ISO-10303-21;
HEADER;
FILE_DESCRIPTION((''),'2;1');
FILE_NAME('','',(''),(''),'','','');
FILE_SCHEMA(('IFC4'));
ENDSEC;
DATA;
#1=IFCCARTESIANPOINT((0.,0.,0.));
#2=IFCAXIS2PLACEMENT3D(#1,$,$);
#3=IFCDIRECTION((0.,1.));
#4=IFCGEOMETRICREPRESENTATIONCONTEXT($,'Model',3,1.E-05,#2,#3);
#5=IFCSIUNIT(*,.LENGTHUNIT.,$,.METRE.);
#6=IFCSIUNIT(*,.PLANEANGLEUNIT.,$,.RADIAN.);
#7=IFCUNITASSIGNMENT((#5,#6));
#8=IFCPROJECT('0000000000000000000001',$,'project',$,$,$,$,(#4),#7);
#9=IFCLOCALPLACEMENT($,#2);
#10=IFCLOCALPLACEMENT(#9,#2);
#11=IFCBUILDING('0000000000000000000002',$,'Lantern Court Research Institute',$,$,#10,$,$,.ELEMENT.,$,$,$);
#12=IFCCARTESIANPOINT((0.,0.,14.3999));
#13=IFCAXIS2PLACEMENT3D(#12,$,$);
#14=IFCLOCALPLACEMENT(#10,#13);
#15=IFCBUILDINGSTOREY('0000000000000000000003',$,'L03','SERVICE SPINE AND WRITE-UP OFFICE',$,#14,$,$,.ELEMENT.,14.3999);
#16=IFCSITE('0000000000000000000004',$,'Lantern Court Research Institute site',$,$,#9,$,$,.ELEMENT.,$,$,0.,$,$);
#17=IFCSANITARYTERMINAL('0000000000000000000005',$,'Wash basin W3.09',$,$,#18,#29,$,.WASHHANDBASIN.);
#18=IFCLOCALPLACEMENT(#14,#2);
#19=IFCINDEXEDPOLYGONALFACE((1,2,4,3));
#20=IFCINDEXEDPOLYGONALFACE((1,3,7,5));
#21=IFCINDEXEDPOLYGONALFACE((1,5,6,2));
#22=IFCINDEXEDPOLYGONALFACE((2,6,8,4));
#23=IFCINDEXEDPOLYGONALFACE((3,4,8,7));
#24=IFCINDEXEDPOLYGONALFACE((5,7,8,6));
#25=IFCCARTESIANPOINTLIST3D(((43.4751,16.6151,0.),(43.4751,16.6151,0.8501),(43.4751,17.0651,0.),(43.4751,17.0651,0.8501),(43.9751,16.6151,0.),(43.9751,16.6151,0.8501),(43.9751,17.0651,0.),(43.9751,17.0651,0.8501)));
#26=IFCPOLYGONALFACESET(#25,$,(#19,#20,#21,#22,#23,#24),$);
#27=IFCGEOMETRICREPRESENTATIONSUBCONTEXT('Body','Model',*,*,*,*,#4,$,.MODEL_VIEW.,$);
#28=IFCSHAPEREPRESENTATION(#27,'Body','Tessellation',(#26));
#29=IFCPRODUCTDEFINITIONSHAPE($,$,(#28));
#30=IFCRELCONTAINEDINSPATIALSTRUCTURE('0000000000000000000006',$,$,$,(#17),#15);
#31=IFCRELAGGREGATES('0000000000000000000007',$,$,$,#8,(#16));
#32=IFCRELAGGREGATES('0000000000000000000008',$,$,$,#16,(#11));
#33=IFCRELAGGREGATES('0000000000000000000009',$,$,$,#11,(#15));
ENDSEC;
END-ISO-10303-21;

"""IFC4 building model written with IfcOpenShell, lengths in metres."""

from ifc_helpers import new_model, si_unit, direction, frame, origin, origin_2d, place, context, subcontext, project, spatial, rectangle, extrude, element, save


model = new_model("IFC4")

# Units and contexts
model_context = context("Model", 3, precision=1e-05, world=origin(), true_north=direction((0.0, 1.0)))
body_context = subcontext(model_context, "Body", "Model", "MODEL_VIEW")
ifc_project = project(units=[si_unit("LENGTHUNIT", "METRE"), si_unit("PLANEANGLEUNIT", "RADIAN")], contexts=[model_context])

# Site, building, storey
site_placement = place(None, origin())
site = spatial("IfcSite", under=ifc_project, at=site_placement, Name="Lantern Court Research Institute site", CompositionType="ELEMENT", RefElevation=0.0)
building_placement = place(site_placement, origin())
building = spatial("IfcBuilding", under=site, at=building_placement, Name="Lantern Court Research Institute", CompositionType="ELEMENT")
storey_placement = place(building_placement, frame((0.0, 0.0, 14.3999)))
storey = spatial("IfcBuildingStorey", under=building, at=storey_placement, Name="L03", Description="SERVICE SPINE AND WRITE-UP OFFICE", CompositionType="ELEMENT", Elevation=14.3999)

# Sanitary terminal
sanitary_terminal_placement = place(storey_placement, frame((43.7251, 16.8401, 0.0), z_axis=(0.0, 0.0, 1.0), x_axis=(1.0, 0.0, 0.0)))
element("IfcSanitaryTerminal", 1, at=sanitary_terminal_placement, inside=storey, Name="Wash basin W3.09", PredefinedType="WASHHANDBASIN", context=body_context, shape_type="SweptSolid", body=[
    extrude(rectangle(XDim=0.5, YDim=0.45, at=origin_2d()), origin(), (0.0, 0.0, 1.0), 0.8501),
])

save(model, "model.ifc")
